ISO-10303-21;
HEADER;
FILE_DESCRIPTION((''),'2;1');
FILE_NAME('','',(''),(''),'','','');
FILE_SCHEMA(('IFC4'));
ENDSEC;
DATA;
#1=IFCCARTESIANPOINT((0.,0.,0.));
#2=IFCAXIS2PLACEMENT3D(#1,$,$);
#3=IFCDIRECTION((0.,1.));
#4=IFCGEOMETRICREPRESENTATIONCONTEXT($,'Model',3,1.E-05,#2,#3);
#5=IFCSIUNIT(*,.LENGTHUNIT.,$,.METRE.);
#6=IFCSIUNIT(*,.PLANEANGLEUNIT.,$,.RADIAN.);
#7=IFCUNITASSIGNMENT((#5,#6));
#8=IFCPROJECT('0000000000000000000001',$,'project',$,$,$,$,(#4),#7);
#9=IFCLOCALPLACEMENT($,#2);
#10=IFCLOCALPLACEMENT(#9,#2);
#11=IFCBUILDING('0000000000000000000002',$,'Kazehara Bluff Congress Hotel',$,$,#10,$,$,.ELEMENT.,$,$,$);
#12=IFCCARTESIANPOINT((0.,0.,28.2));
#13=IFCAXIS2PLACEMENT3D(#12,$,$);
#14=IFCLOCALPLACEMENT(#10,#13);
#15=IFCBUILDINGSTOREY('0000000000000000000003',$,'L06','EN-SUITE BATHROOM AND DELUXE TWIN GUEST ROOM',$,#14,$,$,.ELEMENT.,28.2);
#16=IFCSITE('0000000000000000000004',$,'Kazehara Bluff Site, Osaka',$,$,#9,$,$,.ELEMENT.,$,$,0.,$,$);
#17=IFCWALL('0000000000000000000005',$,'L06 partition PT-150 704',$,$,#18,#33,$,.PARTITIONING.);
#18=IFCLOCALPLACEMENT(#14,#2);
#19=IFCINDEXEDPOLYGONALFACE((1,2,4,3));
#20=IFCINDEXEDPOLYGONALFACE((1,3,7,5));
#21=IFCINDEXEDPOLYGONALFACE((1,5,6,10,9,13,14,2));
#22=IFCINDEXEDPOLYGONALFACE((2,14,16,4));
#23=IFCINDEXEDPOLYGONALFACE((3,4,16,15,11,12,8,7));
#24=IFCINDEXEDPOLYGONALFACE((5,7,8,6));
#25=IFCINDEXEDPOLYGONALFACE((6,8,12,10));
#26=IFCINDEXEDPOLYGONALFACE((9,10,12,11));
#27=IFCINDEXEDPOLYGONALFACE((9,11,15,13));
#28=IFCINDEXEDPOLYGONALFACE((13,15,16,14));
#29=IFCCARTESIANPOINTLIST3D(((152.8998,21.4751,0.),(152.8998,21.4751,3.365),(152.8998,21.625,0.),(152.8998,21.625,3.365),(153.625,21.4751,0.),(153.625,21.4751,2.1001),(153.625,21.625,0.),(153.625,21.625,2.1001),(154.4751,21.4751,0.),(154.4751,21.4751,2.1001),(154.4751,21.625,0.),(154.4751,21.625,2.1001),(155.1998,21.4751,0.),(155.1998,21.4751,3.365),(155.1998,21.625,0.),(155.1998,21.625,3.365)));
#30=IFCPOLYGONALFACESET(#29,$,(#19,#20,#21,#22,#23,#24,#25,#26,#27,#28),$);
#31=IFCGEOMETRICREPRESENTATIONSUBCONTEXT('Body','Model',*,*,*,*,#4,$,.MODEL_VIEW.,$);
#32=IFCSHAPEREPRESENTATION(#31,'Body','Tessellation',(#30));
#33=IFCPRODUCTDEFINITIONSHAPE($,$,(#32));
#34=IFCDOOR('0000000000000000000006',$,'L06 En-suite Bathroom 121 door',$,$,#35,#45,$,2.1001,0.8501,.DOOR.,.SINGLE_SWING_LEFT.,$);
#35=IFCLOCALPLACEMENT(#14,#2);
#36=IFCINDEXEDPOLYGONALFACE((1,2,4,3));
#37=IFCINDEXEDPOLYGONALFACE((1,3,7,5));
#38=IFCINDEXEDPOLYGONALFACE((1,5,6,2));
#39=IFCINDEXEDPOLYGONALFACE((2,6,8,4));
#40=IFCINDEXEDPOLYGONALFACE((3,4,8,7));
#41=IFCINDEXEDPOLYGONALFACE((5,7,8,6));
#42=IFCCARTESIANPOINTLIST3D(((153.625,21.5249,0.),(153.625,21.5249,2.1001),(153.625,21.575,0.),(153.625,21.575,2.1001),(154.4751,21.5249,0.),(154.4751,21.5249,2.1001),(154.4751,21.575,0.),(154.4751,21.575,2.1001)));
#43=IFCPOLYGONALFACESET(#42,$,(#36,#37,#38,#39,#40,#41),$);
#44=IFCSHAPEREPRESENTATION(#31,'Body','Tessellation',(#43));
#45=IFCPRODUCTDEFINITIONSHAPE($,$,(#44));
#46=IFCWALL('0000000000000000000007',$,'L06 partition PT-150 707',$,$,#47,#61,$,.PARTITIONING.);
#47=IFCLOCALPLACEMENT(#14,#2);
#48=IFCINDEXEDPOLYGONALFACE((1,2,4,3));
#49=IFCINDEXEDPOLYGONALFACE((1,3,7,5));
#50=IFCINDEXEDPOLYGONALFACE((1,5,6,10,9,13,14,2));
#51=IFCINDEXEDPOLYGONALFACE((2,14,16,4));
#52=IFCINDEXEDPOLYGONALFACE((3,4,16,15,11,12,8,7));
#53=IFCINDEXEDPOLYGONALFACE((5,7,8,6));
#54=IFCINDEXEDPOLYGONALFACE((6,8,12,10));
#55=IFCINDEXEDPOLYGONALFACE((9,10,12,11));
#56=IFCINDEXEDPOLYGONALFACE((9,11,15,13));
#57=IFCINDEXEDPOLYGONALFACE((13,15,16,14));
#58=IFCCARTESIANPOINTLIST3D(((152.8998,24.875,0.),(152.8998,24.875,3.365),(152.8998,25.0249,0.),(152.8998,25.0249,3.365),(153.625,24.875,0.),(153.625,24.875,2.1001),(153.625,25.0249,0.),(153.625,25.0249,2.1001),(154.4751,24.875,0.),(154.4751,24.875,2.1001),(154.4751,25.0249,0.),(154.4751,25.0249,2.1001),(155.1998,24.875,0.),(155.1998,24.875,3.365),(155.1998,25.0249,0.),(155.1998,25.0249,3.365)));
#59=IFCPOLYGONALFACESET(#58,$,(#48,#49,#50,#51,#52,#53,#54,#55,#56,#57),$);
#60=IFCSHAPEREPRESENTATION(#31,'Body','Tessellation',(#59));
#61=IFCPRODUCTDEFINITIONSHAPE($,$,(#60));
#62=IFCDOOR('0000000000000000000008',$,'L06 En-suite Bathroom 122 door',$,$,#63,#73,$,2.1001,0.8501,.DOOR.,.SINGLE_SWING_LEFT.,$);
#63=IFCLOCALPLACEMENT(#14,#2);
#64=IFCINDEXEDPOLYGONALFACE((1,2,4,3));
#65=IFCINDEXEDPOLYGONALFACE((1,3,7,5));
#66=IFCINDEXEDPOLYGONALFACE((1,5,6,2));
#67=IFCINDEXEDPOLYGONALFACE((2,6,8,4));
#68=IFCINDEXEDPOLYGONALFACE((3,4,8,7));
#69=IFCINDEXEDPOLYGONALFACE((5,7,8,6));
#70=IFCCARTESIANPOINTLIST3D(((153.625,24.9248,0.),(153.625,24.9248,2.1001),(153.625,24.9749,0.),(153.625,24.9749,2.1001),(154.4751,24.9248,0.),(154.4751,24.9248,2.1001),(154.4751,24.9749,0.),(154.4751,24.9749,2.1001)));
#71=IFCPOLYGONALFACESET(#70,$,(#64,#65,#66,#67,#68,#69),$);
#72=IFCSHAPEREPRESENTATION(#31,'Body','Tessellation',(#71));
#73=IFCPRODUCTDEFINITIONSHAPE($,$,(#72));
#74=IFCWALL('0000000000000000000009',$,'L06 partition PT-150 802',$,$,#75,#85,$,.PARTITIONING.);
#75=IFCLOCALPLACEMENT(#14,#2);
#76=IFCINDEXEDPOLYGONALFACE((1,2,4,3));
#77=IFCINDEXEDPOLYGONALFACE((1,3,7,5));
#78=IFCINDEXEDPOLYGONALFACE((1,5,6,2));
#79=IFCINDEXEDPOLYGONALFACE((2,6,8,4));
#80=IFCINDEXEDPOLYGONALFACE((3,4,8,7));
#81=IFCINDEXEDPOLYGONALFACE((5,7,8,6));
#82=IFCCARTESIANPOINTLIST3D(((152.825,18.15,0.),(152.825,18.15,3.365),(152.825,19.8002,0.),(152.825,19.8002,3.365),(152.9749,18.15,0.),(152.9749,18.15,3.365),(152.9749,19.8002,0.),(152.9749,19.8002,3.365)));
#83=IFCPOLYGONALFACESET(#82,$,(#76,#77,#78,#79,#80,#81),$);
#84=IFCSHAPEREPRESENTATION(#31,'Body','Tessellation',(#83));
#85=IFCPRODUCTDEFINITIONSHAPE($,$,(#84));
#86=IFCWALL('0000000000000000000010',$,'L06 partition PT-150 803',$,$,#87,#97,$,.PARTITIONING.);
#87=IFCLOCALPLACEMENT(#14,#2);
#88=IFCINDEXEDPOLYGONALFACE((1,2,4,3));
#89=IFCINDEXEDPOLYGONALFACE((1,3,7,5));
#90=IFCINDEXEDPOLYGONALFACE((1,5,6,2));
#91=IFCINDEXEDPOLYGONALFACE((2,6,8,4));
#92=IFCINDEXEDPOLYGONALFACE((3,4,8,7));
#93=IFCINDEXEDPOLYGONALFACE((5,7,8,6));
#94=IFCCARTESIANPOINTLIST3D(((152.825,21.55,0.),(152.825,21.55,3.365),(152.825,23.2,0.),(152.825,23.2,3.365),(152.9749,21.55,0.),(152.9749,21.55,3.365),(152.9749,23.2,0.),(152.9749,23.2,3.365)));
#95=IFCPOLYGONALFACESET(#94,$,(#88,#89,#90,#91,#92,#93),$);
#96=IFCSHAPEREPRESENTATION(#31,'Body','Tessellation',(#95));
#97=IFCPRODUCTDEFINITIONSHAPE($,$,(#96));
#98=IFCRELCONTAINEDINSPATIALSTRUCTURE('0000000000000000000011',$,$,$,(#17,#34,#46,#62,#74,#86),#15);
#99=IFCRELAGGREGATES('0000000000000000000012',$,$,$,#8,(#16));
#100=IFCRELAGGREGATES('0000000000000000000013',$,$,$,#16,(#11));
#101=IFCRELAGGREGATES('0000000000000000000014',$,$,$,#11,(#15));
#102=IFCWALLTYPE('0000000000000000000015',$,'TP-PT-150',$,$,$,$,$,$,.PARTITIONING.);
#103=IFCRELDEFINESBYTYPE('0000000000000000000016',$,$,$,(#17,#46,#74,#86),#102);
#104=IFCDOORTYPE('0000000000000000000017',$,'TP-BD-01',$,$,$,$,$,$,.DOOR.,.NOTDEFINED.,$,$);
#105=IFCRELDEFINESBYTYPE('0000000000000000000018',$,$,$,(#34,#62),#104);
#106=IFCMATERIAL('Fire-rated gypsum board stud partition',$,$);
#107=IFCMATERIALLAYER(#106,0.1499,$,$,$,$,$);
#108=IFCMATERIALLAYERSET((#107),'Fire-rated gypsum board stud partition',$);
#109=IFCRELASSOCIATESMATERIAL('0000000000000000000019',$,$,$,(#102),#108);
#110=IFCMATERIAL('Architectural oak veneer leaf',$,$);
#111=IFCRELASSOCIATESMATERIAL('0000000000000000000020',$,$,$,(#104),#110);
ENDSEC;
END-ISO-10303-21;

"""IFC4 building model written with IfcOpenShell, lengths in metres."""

from ifc_helpers import new_model, si_unit, direction, frame, frame_2d, origin, place, context, subcontext, project, spatial, rectangle, extrude, material, layer, layer_set, type_object, element, fill, save


model = new_model("IFC4")

# Units and contexts
model_context = context("Model", 3, precision=1e-05, world=origin(), true_north=direction((0.0, 1.0)))
body_context = subcontext(model_context, "Body", "Model", "MODEL_VIEW")
ifc_project = project(units=[si_unit("LENGTHUNIT", "METRE"), si_unit("PLANEANGLEUNIT", "RADIAN")], contexts=[model_context])

# Site, building, storey
site_placement = place(None, origin())
site = spatial("IfcSite", under=ifc_project, at=site_placement, Name="Kazehara Bluff Site, Osaka", CompositionType="ELEMENT", RefElevation=0.0)
building_placement = place(site_placement, origin())
building = spatial("IfcBuilding", under=site, at=building_placement, Name="Kazehara Bluff Congress Hotel", CompositionType="ELEMENT")
storey_placement = place(building_placement, frame((0.0, 0.0, 28.2)))
storey = spatial("IfcBuildingStorey", under=building, at=storey_placement, Name="L06", Description="EN-SUITE BATHROOM AND DELUXE TWIN GUEST ROOM", CompositionType="ELEMENT", Elevation=28.2)

# Walls, openings, doors
ifc_material_1 = material(Name="Fire-rated gypsum board stud partition")
ifc_layer = layer(ifc_material_1, 0.1499)
ifc_layer_set = layer_set([ifc_layer], Name="Fire-rated gypsum board stud partition")
wall_type = type_object("IfcWallType", Name="TP-PT-150", PredefinedType="PARTITIONING", material=ifc_layer_set)
wall_1_placement = place(storey_placement, frame((152.8999, 21.55, 0.0), z_axis=(0.0, 0.0, 1.0), x_axis=(1.0, 0.0, 0.0)))
wall_1 = element("IfcWall", 1, at=wall_1_placement, inside=storey, type_object=wall_type, Name="L06 partition PT-150 704", PredefinedType="PARTITIONING", context=body_context, shape_type="SweptSolid", body=[
    extrude(rectangle(XDim=2.3, YDim=0.1499, at=frame_2d((1.1499, 0.0))), origin(), (0.0, 0.0, 1.0), 3.365),
])
opening_1_placement = place(wall_1_placement, frame((0.7251, 0.0, 0.0)))
opening_1 = element("IfcOpeningElement", 2, at=opening_1_placement, cuts=wall_1, PredefinedType="OPENING", context=body_context, shape_type="SweptSolid", body=[
    extrude(rectangle(XDim=0.8501, YDim=2.1001, at=frame_2d((0.425, 1.05))), frame((0.0, 0.085, 0.0), z_axis=(0.0, -1.0, 0.0), x_axis=(1.0, 0.0, 0.0)), (0.0, 0.0, 1.0), 0.1699),
])
ifc_material_2 = material(Name="Architectural oak veneer leaf")
door_type_1 = type_object("IfcDoorType", Name="TP-BD-01", OperationType="NOTDEFINED", PredefinedType="DOOR", material=ifc_material_2)
door_1_placement = place(opening_1_placement, origin())
door_1 = element("IfcDoor", 3, at=door_1_placement, inside=storey, type_object=door_type_1, Name="L06 En-suite Bathroom 121 door", OperationType="SINGLE_SWING_LEFT", OverallHeight=2.1001, OverallWidth=0.8501, PredefinedType="DOOR", context=body_context, shape_type="SweptSolid", body=[
    extrude(rectangle(XDim=0.8501, YDim=2.1001, at=frame_2d((0.425, 1.05))), frame((0.0, 0.0249, 0.0), z_axis=(0.0, -1.0, 0.0), x_axis=(1.0, 0.0, 0.0)), (0.0, 0.0, 1.0), 0.05),
])
fill(opening_1, door_1)
wall_2_placement = place(storey_placement, frame((152.8999, 24.95, 0.0), z_axis=(0.0, 0.0, 1.0), x_axis=(1.0, 0.0, 0.0)))
wall_2 = element("IfcWall", 4, at=wall_2_placement, inside=storey, type_object=wall_type, Name="L06 partition PT-150 707", PredefinedType="PARTITIONING", context=body_context, shape_type="SweptSolid", body=[
    extrude(rectangle(XDim=2.3, YDim=0.1499, at=frame_2d((1.1499, 0.0))), origin(), (0.0, 0.0, 1.0), 3.365),
])
opening_2_placement = place(wall_2_placement, frame((0.7251, 0.0, 0.0)))
opening_2 = element("IfcOpeningElement", 5, at=opening_2_placement, cuts=wall_2, PredefinedType="OPENING", context=body_context, shape_type="SweptSolid", body=[
    extrude(rectangle(XDim=0.8501, YDim=2.1001, at=frame_2d((0.425, 1.05))), frame((0.0, 0.085, 0.0), z_axis=(0.0, -1.0, 0.0), x_axis=(1.0, 0.0, 0.0)), (0.0, 0.0, 1.0), 0.1699),
])
door_2_placement = place(opening_2_placement, origin())
door_2 = element("IfcDoor", 6, at=door_2_placement, inside=storey, type_object=door_type_1, Name="L06 En-suite Bathroom 122 door", OperationType="SINGLE_SWING_LEFT", OverallHeight=2.1001, OverallWidth=0.8501, PredefinedType="DOOR", context=body_context, shape_type="SweptSolid", body=[
    extrude(rectangle(XDim=0.8501, YDim=2.1001, at=frame_2d((0.425, 1.05))), frame((0.0, 0.0249, 0.0), z_axis=(0.0, -1.0, 0.0), x_axis=(1.0, 0.0, 0.0)), (0.0, 0.0, 1.0), 0.05),
])
fill(opening_2, door_2)

# Walls
wall_3_placement = place(storey_placement, frame((152.8999, 18.1499, 0.0), z_axis=(0.0, 0.0, 1.0), x_axis=(0.0, 1.0, 0.0)))
element("IfcWall", 7, at=wall_3_placement, inside=storey, type_object=wall_type, Name="L06 partition PT-150 802", PredefinedType="PARTITIONING", context=body_context, shape_type="SweptSolid", body=[
    extrude(rectangle(XDim=1.6501, YDim=0.1499, at=frame_2d((0.8252, 0.0))), origin(), (0.0, 0.0, 1.0), 3.365),
])
wall_4_placement = place(storey_placement, frame((152.8999, 21.55, 0.0), z_axis=(0.0, 0.0, 1.0), x_axis=(0.0, 1.0, 0.0)))
element("IfcWall", 8, at=wall_4_placement, inside=storey, type_object=wall_type, Name="L06 partition PT-150 803", PredefinedType="PARTITIONING", context=body_context, shape_type="SweptSolid", body=[
    extrude(rectangle(XDim=1.6499, YDim=0.1499, at=frame_2d((0.825, 0.0))), origin(), (0.0, 0.0, 1.0), 3.365),
])

save(model, "model.ifc")
